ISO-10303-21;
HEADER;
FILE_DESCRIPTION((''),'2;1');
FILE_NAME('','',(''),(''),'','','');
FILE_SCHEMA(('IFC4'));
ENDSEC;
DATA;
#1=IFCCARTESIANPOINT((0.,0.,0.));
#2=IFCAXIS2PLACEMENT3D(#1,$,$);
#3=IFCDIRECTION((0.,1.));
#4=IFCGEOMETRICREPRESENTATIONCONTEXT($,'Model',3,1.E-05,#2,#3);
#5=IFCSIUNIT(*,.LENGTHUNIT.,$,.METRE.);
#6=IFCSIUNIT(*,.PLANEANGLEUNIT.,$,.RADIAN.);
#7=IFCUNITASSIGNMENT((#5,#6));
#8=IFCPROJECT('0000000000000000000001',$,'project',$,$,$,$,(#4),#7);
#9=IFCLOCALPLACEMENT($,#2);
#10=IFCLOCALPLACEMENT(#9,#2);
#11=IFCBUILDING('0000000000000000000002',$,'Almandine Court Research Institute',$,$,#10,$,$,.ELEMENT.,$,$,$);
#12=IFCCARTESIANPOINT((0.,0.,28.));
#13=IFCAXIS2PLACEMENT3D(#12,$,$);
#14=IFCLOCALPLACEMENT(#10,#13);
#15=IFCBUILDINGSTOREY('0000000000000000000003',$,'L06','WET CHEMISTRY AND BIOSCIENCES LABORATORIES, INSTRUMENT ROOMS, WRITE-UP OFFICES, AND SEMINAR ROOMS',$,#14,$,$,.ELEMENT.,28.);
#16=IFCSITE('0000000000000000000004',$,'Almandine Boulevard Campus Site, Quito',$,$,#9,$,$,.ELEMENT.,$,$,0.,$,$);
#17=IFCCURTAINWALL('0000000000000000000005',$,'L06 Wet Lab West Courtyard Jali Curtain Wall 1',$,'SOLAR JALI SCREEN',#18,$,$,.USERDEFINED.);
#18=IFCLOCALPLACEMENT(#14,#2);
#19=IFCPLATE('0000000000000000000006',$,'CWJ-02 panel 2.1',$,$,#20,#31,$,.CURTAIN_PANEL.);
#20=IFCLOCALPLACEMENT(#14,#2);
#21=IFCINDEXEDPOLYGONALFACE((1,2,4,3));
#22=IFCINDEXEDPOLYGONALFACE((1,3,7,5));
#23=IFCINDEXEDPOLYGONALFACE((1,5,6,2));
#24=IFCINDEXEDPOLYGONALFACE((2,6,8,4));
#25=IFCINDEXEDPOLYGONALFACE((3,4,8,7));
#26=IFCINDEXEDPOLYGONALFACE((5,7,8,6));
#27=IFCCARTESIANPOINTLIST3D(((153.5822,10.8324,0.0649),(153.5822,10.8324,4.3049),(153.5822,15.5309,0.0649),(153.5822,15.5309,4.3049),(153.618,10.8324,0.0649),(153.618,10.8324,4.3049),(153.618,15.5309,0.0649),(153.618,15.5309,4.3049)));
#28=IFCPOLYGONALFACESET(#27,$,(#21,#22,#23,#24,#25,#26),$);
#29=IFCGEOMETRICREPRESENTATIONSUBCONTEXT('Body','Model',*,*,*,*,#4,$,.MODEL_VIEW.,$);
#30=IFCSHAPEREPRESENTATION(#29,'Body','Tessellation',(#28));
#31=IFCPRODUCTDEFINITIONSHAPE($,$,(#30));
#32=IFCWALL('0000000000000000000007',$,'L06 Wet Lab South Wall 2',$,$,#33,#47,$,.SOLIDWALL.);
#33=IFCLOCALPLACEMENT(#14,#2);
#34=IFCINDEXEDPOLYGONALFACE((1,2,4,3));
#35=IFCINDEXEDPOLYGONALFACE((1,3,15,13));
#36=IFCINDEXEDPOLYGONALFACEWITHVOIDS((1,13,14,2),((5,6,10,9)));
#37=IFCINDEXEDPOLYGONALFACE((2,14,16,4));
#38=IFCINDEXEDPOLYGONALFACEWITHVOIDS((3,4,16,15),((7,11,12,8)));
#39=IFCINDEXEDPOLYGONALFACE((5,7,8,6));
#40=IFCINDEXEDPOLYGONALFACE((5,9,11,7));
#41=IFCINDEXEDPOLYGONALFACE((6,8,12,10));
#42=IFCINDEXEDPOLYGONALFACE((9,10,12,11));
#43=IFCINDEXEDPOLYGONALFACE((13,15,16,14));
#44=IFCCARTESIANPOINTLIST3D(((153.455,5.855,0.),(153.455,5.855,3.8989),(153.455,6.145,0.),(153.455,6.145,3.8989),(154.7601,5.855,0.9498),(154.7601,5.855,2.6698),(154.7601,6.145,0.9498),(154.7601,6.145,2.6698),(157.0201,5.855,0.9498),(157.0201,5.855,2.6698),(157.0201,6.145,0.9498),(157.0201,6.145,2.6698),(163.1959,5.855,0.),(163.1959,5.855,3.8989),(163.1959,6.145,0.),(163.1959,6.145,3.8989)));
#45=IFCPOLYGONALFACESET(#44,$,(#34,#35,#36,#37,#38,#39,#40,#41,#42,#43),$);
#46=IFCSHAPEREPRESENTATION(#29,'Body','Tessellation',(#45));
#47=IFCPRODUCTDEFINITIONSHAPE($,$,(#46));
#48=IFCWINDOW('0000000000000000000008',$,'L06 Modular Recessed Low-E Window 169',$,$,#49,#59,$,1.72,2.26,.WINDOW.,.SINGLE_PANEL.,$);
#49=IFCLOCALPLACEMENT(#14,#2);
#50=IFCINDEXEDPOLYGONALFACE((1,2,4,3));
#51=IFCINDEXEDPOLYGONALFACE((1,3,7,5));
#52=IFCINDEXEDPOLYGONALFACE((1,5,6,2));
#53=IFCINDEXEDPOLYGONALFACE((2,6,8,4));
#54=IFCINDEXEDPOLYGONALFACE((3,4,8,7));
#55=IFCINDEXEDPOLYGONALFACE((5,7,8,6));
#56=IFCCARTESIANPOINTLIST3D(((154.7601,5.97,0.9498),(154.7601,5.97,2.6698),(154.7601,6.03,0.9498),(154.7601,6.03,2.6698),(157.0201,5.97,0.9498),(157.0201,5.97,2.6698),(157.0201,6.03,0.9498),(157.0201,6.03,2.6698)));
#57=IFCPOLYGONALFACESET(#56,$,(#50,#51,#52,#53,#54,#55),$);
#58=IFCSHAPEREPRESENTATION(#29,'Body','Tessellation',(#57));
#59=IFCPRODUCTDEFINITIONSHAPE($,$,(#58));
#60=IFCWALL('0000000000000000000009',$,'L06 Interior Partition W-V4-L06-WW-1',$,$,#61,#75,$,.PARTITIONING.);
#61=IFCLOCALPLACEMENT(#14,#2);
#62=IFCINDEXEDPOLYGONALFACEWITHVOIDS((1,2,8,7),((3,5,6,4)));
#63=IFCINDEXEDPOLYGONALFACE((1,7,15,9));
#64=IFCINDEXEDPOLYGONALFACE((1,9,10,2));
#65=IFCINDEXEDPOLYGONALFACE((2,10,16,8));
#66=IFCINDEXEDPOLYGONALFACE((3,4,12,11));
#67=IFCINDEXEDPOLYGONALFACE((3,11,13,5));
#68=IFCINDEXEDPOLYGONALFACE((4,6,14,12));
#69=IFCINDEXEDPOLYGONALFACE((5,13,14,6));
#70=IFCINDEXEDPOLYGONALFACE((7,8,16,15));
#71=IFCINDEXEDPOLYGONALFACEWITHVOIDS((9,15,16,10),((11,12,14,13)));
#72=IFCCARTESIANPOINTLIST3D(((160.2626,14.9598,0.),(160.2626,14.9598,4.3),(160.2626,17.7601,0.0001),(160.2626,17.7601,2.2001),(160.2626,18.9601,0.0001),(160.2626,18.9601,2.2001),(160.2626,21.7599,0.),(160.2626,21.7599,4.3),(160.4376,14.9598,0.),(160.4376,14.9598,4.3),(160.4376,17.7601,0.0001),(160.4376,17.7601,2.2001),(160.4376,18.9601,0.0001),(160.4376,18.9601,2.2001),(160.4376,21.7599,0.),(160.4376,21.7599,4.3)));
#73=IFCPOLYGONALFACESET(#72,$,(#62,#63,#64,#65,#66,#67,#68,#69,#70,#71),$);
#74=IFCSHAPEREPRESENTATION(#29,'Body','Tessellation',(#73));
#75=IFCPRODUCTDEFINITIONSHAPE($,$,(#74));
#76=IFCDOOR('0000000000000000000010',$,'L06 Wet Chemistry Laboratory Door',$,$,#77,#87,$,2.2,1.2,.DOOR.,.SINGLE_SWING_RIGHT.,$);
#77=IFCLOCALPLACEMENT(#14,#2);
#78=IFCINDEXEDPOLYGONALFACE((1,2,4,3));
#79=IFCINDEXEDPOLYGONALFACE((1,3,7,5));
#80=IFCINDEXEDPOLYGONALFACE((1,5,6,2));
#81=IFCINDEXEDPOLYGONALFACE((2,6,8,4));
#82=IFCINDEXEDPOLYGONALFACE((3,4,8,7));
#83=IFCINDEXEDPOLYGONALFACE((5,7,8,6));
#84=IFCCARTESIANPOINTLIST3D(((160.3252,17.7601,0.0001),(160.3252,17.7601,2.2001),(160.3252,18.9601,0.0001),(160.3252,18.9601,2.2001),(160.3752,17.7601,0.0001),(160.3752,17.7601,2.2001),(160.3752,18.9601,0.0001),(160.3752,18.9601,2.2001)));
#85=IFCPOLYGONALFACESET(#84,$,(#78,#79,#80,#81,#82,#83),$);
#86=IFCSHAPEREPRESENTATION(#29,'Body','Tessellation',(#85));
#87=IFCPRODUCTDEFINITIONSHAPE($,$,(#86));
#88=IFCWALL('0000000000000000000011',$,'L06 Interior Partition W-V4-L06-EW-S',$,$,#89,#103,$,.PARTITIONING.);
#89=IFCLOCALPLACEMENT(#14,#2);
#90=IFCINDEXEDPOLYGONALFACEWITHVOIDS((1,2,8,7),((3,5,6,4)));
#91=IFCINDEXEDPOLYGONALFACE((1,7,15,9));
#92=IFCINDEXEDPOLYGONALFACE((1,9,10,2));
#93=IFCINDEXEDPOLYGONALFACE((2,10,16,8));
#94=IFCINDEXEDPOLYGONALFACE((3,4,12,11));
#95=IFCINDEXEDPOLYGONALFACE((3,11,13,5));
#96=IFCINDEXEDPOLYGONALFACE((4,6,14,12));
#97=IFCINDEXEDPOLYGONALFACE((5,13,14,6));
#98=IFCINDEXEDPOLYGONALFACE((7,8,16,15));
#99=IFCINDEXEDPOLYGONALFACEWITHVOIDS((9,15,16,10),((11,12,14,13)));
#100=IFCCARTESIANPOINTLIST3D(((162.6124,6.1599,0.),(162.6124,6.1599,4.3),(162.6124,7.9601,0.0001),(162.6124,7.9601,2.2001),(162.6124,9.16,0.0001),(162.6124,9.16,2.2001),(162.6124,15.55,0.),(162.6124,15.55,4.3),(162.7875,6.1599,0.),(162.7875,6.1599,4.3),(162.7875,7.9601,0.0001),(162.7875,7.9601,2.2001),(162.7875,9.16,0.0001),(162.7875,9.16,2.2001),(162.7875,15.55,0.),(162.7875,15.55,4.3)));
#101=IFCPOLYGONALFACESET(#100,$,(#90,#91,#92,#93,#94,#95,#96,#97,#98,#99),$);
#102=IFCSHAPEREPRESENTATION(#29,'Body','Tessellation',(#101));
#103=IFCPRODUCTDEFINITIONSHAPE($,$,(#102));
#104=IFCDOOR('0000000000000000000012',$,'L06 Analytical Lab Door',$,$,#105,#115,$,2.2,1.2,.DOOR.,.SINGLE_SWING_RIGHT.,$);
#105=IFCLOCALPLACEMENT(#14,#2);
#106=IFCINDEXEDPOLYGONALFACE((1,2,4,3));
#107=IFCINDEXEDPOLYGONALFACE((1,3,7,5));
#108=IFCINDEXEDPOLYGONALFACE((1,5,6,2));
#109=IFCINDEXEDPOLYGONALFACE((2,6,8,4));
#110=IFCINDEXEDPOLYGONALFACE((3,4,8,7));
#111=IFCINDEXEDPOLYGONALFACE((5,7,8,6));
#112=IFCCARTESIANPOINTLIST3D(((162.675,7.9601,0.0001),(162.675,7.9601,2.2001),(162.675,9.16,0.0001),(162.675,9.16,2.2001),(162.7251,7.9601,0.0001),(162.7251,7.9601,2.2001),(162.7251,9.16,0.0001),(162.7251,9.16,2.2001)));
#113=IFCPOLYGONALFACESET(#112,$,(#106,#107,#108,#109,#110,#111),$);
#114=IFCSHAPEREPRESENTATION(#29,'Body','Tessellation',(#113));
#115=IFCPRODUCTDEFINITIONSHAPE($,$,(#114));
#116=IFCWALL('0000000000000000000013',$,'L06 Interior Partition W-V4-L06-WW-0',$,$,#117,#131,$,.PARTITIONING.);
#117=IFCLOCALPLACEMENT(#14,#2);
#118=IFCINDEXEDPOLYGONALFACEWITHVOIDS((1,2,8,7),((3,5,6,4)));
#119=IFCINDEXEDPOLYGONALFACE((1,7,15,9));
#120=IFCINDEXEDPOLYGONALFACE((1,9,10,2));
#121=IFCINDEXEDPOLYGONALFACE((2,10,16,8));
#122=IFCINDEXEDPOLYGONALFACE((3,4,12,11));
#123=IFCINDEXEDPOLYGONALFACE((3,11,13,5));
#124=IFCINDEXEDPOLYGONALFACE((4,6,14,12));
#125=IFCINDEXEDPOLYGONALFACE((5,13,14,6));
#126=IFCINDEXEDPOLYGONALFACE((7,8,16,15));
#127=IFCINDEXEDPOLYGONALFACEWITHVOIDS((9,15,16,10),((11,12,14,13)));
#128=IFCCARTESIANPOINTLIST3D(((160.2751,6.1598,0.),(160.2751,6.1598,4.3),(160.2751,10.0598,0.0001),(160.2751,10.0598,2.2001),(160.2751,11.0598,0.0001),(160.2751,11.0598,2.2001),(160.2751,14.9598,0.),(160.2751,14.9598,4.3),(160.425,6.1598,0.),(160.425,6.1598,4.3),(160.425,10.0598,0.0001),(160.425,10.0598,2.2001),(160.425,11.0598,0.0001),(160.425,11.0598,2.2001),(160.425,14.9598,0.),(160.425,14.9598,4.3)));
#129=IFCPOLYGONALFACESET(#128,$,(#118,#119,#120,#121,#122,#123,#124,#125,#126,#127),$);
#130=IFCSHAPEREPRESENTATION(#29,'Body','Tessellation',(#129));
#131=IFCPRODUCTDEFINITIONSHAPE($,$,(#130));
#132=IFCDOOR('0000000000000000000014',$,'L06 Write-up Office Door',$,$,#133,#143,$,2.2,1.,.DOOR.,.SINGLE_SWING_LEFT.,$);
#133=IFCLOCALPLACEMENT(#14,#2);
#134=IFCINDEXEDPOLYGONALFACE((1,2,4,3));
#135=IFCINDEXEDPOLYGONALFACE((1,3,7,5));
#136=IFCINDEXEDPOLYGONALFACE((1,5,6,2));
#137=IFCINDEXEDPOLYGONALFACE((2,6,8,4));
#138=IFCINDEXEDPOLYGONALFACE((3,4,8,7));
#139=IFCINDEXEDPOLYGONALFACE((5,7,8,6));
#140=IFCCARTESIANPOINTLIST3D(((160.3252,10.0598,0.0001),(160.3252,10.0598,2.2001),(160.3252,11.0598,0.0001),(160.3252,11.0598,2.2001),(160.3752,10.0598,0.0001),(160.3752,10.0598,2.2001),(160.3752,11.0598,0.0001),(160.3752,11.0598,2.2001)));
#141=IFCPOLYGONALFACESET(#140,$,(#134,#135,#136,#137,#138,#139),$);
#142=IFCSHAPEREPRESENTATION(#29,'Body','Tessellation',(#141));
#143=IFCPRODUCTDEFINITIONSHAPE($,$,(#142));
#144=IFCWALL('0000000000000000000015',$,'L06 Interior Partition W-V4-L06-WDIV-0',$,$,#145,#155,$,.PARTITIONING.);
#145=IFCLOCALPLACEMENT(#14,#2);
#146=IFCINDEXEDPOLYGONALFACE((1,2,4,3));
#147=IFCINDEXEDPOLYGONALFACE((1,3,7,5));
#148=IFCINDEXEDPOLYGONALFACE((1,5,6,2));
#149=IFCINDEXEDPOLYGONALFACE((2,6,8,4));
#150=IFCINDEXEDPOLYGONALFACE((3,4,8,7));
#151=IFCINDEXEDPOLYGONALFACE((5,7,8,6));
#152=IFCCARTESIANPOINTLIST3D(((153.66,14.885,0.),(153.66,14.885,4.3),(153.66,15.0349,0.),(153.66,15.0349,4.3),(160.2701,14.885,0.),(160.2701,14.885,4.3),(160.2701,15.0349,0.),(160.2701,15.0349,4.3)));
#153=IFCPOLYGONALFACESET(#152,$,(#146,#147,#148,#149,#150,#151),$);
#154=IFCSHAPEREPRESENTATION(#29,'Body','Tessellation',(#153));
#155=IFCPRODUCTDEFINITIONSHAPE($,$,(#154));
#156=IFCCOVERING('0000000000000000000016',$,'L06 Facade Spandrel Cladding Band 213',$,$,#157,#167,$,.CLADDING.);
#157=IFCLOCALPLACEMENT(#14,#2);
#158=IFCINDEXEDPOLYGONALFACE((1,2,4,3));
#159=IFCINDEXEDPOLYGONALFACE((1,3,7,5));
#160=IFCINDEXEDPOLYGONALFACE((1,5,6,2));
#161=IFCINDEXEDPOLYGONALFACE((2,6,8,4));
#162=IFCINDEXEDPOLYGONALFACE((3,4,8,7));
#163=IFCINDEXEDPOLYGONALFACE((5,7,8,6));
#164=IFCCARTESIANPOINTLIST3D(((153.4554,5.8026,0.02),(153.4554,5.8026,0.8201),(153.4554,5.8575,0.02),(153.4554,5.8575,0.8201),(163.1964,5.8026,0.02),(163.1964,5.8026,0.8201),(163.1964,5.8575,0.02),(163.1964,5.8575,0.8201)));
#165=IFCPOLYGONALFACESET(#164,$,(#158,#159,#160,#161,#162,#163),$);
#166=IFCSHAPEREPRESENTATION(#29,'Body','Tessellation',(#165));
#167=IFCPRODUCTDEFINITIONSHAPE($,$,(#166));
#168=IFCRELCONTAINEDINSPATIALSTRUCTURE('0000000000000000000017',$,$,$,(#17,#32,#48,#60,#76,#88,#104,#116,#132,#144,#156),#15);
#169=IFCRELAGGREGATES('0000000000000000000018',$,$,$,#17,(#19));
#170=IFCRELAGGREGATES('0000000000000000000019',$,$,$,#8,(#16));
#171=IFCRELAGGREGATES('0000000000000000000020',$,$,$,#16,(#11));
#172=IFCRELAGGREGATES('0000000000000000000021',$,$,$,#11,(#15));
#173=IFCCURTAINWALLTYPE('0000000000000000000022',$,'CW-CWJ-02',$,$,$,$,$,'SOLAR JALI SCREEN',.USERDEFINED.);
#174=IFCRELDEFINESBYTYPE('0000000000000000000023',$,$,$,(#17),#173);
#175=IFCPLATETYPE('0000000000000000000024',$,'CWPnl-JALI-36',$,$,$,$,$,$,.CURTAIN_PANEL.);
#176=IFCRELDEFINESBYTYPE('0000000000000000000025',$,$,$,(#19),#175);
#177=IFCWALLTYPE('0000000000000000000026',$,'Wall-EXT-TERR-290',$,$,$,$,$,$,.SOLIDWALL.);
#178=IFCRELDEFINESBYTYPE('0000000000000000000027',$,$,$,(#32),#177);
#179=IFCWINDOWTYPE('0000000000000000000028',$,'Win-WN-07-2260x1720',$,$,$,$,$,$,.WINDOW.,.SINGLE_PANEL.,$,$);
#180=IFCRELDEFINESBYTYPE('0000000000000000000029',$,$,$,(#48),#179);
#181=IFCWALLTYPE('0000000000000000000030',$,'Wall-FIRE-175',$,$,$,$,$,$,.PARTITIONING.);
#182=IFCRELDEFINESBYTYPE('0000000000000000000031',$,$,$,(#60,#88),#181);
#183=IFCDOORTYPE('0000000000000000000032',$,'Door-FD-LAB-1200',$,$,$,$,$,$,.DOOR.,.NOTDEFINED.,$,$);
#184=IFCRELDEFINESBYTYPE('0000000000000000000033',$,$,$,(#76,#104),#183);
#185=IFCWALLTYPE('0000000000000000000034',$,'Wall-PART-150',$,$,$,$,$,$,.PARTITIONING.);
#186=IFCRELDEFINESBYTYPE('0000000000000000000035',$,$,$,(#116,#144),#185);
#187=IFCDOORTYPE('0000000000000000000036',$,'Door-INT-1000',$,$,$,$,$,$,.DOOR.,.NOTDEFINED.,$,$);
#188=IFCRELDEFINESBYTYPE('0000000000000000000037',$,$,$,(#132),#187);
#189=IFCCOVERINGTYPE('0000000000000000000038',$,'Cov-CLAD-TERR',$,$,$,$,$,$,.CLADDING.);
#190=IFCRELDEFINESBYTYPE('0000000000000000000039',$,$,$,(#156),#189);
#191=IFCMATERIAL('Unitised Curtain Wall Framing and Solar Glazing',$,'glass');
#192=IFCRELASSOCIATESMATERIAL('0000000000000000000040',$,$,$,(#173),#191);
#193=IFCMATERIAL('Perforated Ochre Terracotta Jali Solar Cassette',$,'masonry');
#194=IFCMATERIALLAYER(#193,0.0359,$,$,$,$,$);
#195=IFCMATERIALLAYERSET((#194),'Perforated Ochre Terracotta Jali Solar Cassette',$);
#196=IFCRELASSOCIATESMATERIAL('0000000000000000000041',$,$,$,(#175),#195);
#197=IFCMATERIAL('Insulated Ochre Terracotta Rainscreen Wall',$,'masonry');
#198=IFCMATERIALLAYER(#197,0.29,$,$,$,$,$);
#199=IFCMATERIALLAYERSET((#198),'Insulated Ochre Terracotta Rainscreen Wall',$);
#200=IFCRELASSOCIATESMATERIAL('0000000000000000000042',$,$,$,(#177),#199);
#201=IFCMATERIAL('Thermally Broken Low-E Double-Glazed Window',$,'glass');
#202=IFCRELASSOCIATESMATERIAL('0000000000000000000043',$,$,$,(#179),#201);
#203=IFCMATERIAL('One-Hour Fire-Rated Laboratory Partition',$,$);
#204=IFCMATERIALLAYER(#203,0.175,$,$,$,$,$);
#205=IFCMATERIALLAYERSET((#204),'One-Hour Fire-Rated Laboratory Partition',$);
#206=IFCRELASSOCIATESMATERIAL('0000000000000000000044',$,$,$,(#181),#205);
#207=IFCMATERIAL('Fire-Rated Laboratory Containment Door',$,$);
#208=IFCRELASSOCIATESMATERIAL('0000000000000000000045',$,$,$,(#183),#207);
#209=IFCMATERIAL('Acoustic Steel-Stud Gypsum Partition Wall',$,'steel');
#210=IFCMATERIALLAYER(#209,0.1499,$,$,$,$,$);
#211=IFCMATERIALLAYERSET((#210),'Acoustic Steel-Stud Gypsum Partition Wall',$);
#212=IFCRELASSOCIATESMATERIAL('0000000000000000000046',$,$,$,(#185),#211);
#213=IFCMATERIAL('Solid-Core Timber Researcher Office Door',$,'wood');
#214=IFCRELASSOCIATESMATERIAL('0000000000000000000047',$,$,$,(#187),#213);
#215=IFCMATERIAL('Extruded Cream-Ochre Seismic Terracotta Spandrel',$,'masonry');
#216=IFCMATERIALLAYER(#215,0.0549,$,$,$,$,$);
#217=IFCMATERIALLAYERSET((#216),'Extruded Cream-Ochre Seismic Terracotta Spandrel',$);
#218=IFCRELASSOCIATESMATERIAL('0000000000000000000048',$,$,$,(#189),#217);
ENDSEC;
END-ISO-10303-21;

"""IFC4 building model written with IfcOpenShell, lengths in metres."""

from ifc_helpers import new_model, si_unit, direction, frame, frame_2d, origin, origin_2d, place, context, subcontext, project, spatial, rectangle, extrude, material, layer, layer_set, type_object, element, fill, aggregate, save


model = new_model("IFC4")

# Units and contexts
model_context = context("Model", 3, precision=1e-05, world=origin(), true_north=direction((0.0, 1.0)))
body_context = subcontext(model_context, "Body", "Model", "MODEL_VIEW")
ifc_project = project(units=[si_unit("LENGTHUNIT", "METRE"), si_unit("PLANEANGLEUNIT", "RADIAN")], contexts=[model_context])

# Site, building, storey
site_placement = place(None, origin())
site = spatial("IfcSite", under=ifc_project, at=site_placement, Name="Almandine Boulevard Campus Site, Quito", CompositionType="ELEMENT", RefElevation=0.0)
building_placement = place(site_placement, origin())
building = spatial("IfcBuilding", under=site, at=building_placement, Name="Almandine Court Research Institute", CompositionType="ELEMENT")
storey_placement = place(building_placement, frame((0.0, 0.0, 28.0)))
storey = spatial("IfcBuildingStorey", under=building, at=storey_placement, Name="L06", Description="WET CHEMISTRY AND BIOSCIENCES LABORATORIES, INSTRUMENT ROOMS, WRITE-UP OFFICES, AND SEMINAR ROOMS", CompositionType="ELEMENT", Elevation=28.0)

# Curtain wall, plate
ifc_material_1 = material(Name="Unitised Curtain Wall Framing and Solar Glazing", Category="glass")
curtain_wall_type = type_object("IfcCurtainWallType", Name="CW-CWJ-02", ElementType="SOLAR JALI SCREEN", PredefinedType="USERDEFINED", material=ifc_material_1)
curtain_wall_placement = place(storey_placement, origin())
curtain_wall = element("IfcCurtainWall", 1, at=curtain_wall_placement, inside=storey, type_object=curtain_wall_type, Name="L06 Wet Lab West Courtyard Jali Curtain Wall 1", ObjectType="SOLAR JALI SCREEN", PredefinedType="USERDEFINED")
ifc_material_2 = material(Name="Perforated Ochre Terracotta Jali Solar Cassette", Category="masonry")
ifc_layer_1 = layer(ifc_material_2, 0.0359)
ifc_layer_set_1 = layer_set([ifc_layer_1], Name="Perforated Ochre Terracotta Jali Solar Cassette")
plate_type = type_object("IfcPlateType", Name="CWPnl-JALI-36", PredefinedType="CURTAIN_PANEL", material=ifc_layer_set_1)
plate_1_placement = place(storey_placement, frame((153.6001, 13.1816, 0.0649), z_axis=(0.0, 0.0, 1.0), x_axis=(0.0, 1.0, 0.0)))
plate_1 = element("IfcPlate", 2, at=plate_1_placement, type_object=plate_type, Name="CWJ-02 panel 2.1", PredefinedType="CURTAIN_PANEL", context=body_context, shape_type="SweptSolid", body=[
    extrude(rectangle(XDim=4.6985, YDim=0.0359, at=origin_2d()), origin(), (0.0, 0.0, 1.0), 4.24),
])
aggregate(curtain_wall, [plate_1])

# Wall, opening, window
ifc_material_3 = material(Name="Insulated Ochre Terracotta Rainscreen Wall", Category="masonry")
ifc_layer_2 = layer(ifc_material_3, 0.29)
ifc_layer_set_2 = layer_set([ifc_layer_2], Name="Insulated Ochre Terracotta Rainscreen Wall")
wall_type_1 = type_object("IfcWallType", Name="Wall-EXT-TERR-290", PredefinedType="SOLIDWALL", material=ifc_layer_set_2)
wall_1_placement = place(storey_placement, frame((163.196, 6.0, 0.0), z_axis=(0.0, 0.0, 1.0), x_axis=(-1.0, 0.0, 0.0)))
wall_1 = element("IfcWall", 3, at=wall_1_placement, inside=storey, type_object=wall_type_1, Name="L06 Wet Lab South Wall 2", PredefinedType="SOLIDWALL", context=body_context, shape_type="SweptSolid", body=[
    extrude(rectangle(XDim=9.741, YDim=0.29, at=frame_2d((4.8706, 0.0))), origin(), (0.0, 0.0, 1.0), 3.8989),
])
opening_1_placement = place(wall_1_placement, frame((6.176, 0.0, 0.95)))
opening_1 = element("IfcOpeningElement", 4, at=opening_1_placement, cuts=wall_1, PredefinedType="OPENING", context=body_context, shape_type="SweptSolid", body=[
    extrude(rectangle(XDim=2.26, YDim=1.72, at=frame_2d((1.1299, 0.8599))), frame((0.0, 0.155, 0.0), z_axis=(0.0, -1.0, 0.0), x_axis=(1.0, 0.0, 0.0)), (0.0, 0.0, 1.0), 0.3101),
])
ifc_material_4 = material(Name="Thermally Broken Low-E Double-Glazed Window", Category="glass")
window_type = type_object("IfcWindowType", Name="Win-WN-07-2260x1720", PartitioningType="SINGLE_PANEL", PredefinedType="WINDOW", material=ifc_material_4)
window_placement = place(opening_1_placement, origin())
window = element("IfcWindow", 5, at=window_placement, inside=storey, type_object=window_type, Name="L06 Modular Recessed Low-E Window 169", OverallHeight=1.72, OverallWidth=2.26, PartitioningType="SINGLE_PANEL", PredefinedType="WINDOW", context=body_context, shape_type="SweptSolid", body=[
    extrude(rectangle(XDim=2.26, YDim=1.72, at=frame_2d((1.1299, 0.8599))), frame((0.0, 0.03, 0.0), z_axis=(0.0, -1.0, 0.0), x_axis=(1.0, 0.0, 0.0)), (0.0, 0.0, 1.0), 0.0601),
])
fill(opening_1, window)

# Walls, openings, doors
ifc_material_5 = material(Name="One-Hour Fire-Rated Laboratory Partition")
ifc_layer_3 = layer(ifc_material_5, 0.175)
ifc_layer_set_3 = layer_set([ifc_layer_3], Name="One-Hour Fire-Rated Laboratory Partition")
wall_type_2 = type_object("IfcWallType", Name="Wall-FIRE-175", PredefinedType="PARTITIONING", material=ifc_layer_set_3)
wall_2_placement = place(storey_placement, frame((160.3501, 14.96, 0.0), z_axis=(0.0, 0.0, 1.0), x_axis=(0.0, 1.0, 0.0)))
wall_2 = element("IfcWall", 6, at=wall_2_placement, inside=storey, type_object=wall_type_2, Name="L06 Interior Partition W-V4-L06-WW-1", PredefinedType="PARTITIONING", context=body_context, shape_type="SweptSolid", body=[
    extrude(rectangle(XDim=6.8, YDim=0.175, at=frame_2d((3.3999, 0.0))), origin(), (0.0, 0.0, 1.0), 4.3),
])
opening_2_placement = place(wall_2_placement, frame((2.8, 0.0, 0.0)))
opening_2 = element("IfcOpeningElement", 7, at=opening_2_placement, cuts=wall_2, PredefinedType="OPENING", context=body_context, shape_type="SweptSolid", body=[
    extrude(rectangle(XDim=1.2, YDim=2.2, at=frame_2d((0.6001, 1.1001))), frame((0.0, 0.0974, 0.0), z_axis=(0.0, -1.0, 0.0), x_axis=(1.0, 0.0, 0.0)), (0.0, 0.0, 1.0), 0.1951),
])
ifc_material_6 = material(Name="Fire-Rated Laboratory Containment Door")
door_type_1 = type_object("IfcDoorType", Name="Door-FD-LAB-1200", OperationType="NOTDEFINED", PredefinedType="DOOR", material=ifc_material_6)
door_1_placement = place(opening_2_placement, origin())
door_1 = element("IfcDoor", 8, at=door_1_placement, inside=storey, type_object=door_type_1, Name="L06 Wet Chemistry Laboratory Door", OperationType="SINGLE_SWING_RIGHT", OverallHeight=2.2, OverallWidth=1.2, PredefinedType="DOOR", context=body_context, shape_type="SweptSolid", body=[
    extrude(rectangle(XDim=1.2, YDim=2.2, at=frame_2d((0.6001, 1.1001))), frame((0.0, 0.0249, 0.0), z_axis=(0.0, -1.0, 0.0), x_axis=(1.0, 0.0, 0.0)), (0.0, 0.0, 1.0), 0.05),
])
fill(opening_2, door_1)
wall_3_placement = place(storey_placement, frame((162.7, 6.1599, 0.0), z_axis=(0.0, 0.0, 1.0), x_axis=(0.0, 1.0, 0.0)))
wall_3 = element("IfcWall", 9, at=wall_3_placement, inside=storey, type_object=wall_type_2, Name="L06 Interior Partition W-V4-L06-EW-S", PredefinedType="PARTITIONING", context=body_context, shape_type="SweptSolid", body=[
    extrude(rectangle(XDim=9.3901, YDim=0.175, at=frame_2d((4.6951, 0.0))), origin(), (0.0, 0.0, 1.0), 4.3),
])
opening_3_placement = place(wall_3_placement, frame((1.8, 0.0, 0.0)))
opening_3 = element("IfcOpeningElement", 10, at=opening_3_placement, cuts=wall_3, PredefinedType="OPENING", context=body_context, shape_type="SweptSolid", body=[
    extrude(rectangle(XDim=1.2, YDim=2.2, at=frame_2d((0.6001, 1.1001))), frame((0.0, 0.0974, 0.0), z_axis=(0.0, -1.0, 0.0), x_axis=(1.0, 0.0, 0.0)), (0.0, 0.0, 1.0), 0.1951),
])
door_2_placement = place(opening_3_placement, origin())
door_2 = element("IfcDoor", 11, at=door_2_placement, inside=storey, type_object=door_type_1, Name="L06 Analytical Lab Door", OperationType="SINGLE_SWING_RIGHT", OverallHeight=2.2, OverallWidth=1.2, PredefinedType="DOOR", context=body_context, shape_type="SweptSolid", body=[
    extrude(rectangle(XDim=1.2, YDim=2.2, at=frame_2d((0.6001, 1.1001))), frame((0.0, 0.0249, 0.0), z_axis=(0.0, -1.0, 0.0), x_axis=(1.0, 0.0, 0.0)), (0.0, 0.0, 1.0), 0.05),
])
fill(opening_3, door_2)
ifc_material_7 = material(Name="Acoustic Steel-Stud Gypsum Partition Wall", Category="steel")
ifc_layer_4 = layer(ifc_material_7, 0.1499)
ifc_layer_set_4 = layer_set([ifc_layer_4], Name="Acoustic Steel-Stud Gypsum Partition Wall")
wall_type_3 = type_object("IfcWallType", Name="Wall-PART-150", PredefinedType="PARTITIONING", material=ifc_layer_set_4)
wall_4_placement = place(storey_placement, frame((160.3501, 6.1599, 0.0), z_axis=(0.0, 0.0, 1.0), x_axis=(0.0, 1.0, 0.0)))
wall_4 = element("IfcWall", 12, at=wall_4_placement, inside=storey, type_object=wall_type_3, Name="L06 Interior Partition W-V4-L06-WW-0", PredefinedType="PARTITIONING", context=body_context, shape_type="SweptSolid", body=[
    extrude(rectangle(XDim=8.8, YDim=0.1499, at=frame_2d((4.3999, 0.0))), origin(), (0.0, 0.0, 1.0), 4.3),
])
opening_4_placement = place(wall_4_placement, frame((3.8999, 0.0, 0.0)))
opening_4 = element("IfcOpeningElement", 13, at=opening_4_placement, cuts=wall_4, PredefinedType="OPENING", context=body_context, shape_type="SweptSolid", body=[
    extrude(rectangle(XDim=1.0, YDim=2.2, at=frame_2d((0.5, 1.1001))), frame((0.0, 0.085, 0.0), z_axis=(0.0, -1.0, 0.0), x_axis=(1.0, 0.0, 0.0)), (0.0, 0.0, 1.0), 0.1699),
])
ifc_material_8 = material(Name="Solid-Core Timber Researcher Office Door", Category="wood")
door_type_2 = type_object("IfcDoorType", Name="Door-INT-1000", OperationType="NOTDEFINED", PredefinedType="DOOR", material=ifc_material_8)
door_3_placement = place(opening_4_placement, origin())
door_3 = element("IfcDoor", 14, at=door_3_placement, inside=storey, type_object=door_type_2, Name="L06 Write-up Office Door", OperationType="SINGLE_SWING_LEFT", OverallHeight=2.2, OverallWidth=1.0, PredefinedType="DOOR", context=body_context, shape_type="SweptSolid", body=[
    extrude(rectangle(XDim=1.0, YDim=2.2, at=frame_2d((0.5, 1.1001))), frame((0.0, 0.0249, 0.0), z_axis=(0.0, -1.0, 0.0), x_axis=(1.0, 0.0, 0.0)), (0.0, 0.0, 1.0), 0.05),
])
fill(opening_4, door_3)

# Wall
wall_5_placement = place(storey_placement, frame((153.6599, 14.96, 0.0), z_axis=(0.0, 0.0, 1.0), x_axis=(1.0, 0.0, 0.0)))
element("IfcWall", 15, at=wall_5_placement, inside=storey, type_object=wall_type_3, Name="L06 Interior Partition W-V4-L06-WDIV-0", PredefinedType="PARTITIONING", context=body_context, shape_type="SweptSolid", body=[
    extrude(rectangle(XDim=6.6101, YDim=0.1499, at=frame_2d((3.3052, 0.0))), origin(), (0.0, 0.0, 1.0), 4.3),
])

# Covering
ifc_material_9 = material(Name="Extruded Cream-Ochre Seismic Terracotta Spandrel", Category="masonry")
ifc_layer_5 = layer(ifc_material_9, 0.0549)
ifc_layer_set_5 = layer_set([ifc_layer_5], Name="Extruded Cream-Ochre Seismic Terracotta Spandrel")
covering_type = type_object("IfcCoveringType", Name="Cov-CLAD-TERR", PredefinedType="CLADDING", material=ifc_layer_set_5)
covering_placement = place(storey_placement, frame((158.3259, 5.8301, 0.02), z_axis=(0.0, 0.0, 1.0), x_axis=(-1.0, 0.0, 0.0)))
element("IfcCovering", 16, at=covering_placement, inside=storey, type_object=covering_type, Name="L06 Facade Spandrel Cladding Band 213", PredefinedType="CLADDING", context=body_context, shape_type="SweptSolid", body=[
    extrude(rectangle(XDim=9.741, YDim=0.0549, at=origin_2d()), origin(), (0.0, 0.0, 1.0), 0.8),
])

save(model, "model.ifc")
